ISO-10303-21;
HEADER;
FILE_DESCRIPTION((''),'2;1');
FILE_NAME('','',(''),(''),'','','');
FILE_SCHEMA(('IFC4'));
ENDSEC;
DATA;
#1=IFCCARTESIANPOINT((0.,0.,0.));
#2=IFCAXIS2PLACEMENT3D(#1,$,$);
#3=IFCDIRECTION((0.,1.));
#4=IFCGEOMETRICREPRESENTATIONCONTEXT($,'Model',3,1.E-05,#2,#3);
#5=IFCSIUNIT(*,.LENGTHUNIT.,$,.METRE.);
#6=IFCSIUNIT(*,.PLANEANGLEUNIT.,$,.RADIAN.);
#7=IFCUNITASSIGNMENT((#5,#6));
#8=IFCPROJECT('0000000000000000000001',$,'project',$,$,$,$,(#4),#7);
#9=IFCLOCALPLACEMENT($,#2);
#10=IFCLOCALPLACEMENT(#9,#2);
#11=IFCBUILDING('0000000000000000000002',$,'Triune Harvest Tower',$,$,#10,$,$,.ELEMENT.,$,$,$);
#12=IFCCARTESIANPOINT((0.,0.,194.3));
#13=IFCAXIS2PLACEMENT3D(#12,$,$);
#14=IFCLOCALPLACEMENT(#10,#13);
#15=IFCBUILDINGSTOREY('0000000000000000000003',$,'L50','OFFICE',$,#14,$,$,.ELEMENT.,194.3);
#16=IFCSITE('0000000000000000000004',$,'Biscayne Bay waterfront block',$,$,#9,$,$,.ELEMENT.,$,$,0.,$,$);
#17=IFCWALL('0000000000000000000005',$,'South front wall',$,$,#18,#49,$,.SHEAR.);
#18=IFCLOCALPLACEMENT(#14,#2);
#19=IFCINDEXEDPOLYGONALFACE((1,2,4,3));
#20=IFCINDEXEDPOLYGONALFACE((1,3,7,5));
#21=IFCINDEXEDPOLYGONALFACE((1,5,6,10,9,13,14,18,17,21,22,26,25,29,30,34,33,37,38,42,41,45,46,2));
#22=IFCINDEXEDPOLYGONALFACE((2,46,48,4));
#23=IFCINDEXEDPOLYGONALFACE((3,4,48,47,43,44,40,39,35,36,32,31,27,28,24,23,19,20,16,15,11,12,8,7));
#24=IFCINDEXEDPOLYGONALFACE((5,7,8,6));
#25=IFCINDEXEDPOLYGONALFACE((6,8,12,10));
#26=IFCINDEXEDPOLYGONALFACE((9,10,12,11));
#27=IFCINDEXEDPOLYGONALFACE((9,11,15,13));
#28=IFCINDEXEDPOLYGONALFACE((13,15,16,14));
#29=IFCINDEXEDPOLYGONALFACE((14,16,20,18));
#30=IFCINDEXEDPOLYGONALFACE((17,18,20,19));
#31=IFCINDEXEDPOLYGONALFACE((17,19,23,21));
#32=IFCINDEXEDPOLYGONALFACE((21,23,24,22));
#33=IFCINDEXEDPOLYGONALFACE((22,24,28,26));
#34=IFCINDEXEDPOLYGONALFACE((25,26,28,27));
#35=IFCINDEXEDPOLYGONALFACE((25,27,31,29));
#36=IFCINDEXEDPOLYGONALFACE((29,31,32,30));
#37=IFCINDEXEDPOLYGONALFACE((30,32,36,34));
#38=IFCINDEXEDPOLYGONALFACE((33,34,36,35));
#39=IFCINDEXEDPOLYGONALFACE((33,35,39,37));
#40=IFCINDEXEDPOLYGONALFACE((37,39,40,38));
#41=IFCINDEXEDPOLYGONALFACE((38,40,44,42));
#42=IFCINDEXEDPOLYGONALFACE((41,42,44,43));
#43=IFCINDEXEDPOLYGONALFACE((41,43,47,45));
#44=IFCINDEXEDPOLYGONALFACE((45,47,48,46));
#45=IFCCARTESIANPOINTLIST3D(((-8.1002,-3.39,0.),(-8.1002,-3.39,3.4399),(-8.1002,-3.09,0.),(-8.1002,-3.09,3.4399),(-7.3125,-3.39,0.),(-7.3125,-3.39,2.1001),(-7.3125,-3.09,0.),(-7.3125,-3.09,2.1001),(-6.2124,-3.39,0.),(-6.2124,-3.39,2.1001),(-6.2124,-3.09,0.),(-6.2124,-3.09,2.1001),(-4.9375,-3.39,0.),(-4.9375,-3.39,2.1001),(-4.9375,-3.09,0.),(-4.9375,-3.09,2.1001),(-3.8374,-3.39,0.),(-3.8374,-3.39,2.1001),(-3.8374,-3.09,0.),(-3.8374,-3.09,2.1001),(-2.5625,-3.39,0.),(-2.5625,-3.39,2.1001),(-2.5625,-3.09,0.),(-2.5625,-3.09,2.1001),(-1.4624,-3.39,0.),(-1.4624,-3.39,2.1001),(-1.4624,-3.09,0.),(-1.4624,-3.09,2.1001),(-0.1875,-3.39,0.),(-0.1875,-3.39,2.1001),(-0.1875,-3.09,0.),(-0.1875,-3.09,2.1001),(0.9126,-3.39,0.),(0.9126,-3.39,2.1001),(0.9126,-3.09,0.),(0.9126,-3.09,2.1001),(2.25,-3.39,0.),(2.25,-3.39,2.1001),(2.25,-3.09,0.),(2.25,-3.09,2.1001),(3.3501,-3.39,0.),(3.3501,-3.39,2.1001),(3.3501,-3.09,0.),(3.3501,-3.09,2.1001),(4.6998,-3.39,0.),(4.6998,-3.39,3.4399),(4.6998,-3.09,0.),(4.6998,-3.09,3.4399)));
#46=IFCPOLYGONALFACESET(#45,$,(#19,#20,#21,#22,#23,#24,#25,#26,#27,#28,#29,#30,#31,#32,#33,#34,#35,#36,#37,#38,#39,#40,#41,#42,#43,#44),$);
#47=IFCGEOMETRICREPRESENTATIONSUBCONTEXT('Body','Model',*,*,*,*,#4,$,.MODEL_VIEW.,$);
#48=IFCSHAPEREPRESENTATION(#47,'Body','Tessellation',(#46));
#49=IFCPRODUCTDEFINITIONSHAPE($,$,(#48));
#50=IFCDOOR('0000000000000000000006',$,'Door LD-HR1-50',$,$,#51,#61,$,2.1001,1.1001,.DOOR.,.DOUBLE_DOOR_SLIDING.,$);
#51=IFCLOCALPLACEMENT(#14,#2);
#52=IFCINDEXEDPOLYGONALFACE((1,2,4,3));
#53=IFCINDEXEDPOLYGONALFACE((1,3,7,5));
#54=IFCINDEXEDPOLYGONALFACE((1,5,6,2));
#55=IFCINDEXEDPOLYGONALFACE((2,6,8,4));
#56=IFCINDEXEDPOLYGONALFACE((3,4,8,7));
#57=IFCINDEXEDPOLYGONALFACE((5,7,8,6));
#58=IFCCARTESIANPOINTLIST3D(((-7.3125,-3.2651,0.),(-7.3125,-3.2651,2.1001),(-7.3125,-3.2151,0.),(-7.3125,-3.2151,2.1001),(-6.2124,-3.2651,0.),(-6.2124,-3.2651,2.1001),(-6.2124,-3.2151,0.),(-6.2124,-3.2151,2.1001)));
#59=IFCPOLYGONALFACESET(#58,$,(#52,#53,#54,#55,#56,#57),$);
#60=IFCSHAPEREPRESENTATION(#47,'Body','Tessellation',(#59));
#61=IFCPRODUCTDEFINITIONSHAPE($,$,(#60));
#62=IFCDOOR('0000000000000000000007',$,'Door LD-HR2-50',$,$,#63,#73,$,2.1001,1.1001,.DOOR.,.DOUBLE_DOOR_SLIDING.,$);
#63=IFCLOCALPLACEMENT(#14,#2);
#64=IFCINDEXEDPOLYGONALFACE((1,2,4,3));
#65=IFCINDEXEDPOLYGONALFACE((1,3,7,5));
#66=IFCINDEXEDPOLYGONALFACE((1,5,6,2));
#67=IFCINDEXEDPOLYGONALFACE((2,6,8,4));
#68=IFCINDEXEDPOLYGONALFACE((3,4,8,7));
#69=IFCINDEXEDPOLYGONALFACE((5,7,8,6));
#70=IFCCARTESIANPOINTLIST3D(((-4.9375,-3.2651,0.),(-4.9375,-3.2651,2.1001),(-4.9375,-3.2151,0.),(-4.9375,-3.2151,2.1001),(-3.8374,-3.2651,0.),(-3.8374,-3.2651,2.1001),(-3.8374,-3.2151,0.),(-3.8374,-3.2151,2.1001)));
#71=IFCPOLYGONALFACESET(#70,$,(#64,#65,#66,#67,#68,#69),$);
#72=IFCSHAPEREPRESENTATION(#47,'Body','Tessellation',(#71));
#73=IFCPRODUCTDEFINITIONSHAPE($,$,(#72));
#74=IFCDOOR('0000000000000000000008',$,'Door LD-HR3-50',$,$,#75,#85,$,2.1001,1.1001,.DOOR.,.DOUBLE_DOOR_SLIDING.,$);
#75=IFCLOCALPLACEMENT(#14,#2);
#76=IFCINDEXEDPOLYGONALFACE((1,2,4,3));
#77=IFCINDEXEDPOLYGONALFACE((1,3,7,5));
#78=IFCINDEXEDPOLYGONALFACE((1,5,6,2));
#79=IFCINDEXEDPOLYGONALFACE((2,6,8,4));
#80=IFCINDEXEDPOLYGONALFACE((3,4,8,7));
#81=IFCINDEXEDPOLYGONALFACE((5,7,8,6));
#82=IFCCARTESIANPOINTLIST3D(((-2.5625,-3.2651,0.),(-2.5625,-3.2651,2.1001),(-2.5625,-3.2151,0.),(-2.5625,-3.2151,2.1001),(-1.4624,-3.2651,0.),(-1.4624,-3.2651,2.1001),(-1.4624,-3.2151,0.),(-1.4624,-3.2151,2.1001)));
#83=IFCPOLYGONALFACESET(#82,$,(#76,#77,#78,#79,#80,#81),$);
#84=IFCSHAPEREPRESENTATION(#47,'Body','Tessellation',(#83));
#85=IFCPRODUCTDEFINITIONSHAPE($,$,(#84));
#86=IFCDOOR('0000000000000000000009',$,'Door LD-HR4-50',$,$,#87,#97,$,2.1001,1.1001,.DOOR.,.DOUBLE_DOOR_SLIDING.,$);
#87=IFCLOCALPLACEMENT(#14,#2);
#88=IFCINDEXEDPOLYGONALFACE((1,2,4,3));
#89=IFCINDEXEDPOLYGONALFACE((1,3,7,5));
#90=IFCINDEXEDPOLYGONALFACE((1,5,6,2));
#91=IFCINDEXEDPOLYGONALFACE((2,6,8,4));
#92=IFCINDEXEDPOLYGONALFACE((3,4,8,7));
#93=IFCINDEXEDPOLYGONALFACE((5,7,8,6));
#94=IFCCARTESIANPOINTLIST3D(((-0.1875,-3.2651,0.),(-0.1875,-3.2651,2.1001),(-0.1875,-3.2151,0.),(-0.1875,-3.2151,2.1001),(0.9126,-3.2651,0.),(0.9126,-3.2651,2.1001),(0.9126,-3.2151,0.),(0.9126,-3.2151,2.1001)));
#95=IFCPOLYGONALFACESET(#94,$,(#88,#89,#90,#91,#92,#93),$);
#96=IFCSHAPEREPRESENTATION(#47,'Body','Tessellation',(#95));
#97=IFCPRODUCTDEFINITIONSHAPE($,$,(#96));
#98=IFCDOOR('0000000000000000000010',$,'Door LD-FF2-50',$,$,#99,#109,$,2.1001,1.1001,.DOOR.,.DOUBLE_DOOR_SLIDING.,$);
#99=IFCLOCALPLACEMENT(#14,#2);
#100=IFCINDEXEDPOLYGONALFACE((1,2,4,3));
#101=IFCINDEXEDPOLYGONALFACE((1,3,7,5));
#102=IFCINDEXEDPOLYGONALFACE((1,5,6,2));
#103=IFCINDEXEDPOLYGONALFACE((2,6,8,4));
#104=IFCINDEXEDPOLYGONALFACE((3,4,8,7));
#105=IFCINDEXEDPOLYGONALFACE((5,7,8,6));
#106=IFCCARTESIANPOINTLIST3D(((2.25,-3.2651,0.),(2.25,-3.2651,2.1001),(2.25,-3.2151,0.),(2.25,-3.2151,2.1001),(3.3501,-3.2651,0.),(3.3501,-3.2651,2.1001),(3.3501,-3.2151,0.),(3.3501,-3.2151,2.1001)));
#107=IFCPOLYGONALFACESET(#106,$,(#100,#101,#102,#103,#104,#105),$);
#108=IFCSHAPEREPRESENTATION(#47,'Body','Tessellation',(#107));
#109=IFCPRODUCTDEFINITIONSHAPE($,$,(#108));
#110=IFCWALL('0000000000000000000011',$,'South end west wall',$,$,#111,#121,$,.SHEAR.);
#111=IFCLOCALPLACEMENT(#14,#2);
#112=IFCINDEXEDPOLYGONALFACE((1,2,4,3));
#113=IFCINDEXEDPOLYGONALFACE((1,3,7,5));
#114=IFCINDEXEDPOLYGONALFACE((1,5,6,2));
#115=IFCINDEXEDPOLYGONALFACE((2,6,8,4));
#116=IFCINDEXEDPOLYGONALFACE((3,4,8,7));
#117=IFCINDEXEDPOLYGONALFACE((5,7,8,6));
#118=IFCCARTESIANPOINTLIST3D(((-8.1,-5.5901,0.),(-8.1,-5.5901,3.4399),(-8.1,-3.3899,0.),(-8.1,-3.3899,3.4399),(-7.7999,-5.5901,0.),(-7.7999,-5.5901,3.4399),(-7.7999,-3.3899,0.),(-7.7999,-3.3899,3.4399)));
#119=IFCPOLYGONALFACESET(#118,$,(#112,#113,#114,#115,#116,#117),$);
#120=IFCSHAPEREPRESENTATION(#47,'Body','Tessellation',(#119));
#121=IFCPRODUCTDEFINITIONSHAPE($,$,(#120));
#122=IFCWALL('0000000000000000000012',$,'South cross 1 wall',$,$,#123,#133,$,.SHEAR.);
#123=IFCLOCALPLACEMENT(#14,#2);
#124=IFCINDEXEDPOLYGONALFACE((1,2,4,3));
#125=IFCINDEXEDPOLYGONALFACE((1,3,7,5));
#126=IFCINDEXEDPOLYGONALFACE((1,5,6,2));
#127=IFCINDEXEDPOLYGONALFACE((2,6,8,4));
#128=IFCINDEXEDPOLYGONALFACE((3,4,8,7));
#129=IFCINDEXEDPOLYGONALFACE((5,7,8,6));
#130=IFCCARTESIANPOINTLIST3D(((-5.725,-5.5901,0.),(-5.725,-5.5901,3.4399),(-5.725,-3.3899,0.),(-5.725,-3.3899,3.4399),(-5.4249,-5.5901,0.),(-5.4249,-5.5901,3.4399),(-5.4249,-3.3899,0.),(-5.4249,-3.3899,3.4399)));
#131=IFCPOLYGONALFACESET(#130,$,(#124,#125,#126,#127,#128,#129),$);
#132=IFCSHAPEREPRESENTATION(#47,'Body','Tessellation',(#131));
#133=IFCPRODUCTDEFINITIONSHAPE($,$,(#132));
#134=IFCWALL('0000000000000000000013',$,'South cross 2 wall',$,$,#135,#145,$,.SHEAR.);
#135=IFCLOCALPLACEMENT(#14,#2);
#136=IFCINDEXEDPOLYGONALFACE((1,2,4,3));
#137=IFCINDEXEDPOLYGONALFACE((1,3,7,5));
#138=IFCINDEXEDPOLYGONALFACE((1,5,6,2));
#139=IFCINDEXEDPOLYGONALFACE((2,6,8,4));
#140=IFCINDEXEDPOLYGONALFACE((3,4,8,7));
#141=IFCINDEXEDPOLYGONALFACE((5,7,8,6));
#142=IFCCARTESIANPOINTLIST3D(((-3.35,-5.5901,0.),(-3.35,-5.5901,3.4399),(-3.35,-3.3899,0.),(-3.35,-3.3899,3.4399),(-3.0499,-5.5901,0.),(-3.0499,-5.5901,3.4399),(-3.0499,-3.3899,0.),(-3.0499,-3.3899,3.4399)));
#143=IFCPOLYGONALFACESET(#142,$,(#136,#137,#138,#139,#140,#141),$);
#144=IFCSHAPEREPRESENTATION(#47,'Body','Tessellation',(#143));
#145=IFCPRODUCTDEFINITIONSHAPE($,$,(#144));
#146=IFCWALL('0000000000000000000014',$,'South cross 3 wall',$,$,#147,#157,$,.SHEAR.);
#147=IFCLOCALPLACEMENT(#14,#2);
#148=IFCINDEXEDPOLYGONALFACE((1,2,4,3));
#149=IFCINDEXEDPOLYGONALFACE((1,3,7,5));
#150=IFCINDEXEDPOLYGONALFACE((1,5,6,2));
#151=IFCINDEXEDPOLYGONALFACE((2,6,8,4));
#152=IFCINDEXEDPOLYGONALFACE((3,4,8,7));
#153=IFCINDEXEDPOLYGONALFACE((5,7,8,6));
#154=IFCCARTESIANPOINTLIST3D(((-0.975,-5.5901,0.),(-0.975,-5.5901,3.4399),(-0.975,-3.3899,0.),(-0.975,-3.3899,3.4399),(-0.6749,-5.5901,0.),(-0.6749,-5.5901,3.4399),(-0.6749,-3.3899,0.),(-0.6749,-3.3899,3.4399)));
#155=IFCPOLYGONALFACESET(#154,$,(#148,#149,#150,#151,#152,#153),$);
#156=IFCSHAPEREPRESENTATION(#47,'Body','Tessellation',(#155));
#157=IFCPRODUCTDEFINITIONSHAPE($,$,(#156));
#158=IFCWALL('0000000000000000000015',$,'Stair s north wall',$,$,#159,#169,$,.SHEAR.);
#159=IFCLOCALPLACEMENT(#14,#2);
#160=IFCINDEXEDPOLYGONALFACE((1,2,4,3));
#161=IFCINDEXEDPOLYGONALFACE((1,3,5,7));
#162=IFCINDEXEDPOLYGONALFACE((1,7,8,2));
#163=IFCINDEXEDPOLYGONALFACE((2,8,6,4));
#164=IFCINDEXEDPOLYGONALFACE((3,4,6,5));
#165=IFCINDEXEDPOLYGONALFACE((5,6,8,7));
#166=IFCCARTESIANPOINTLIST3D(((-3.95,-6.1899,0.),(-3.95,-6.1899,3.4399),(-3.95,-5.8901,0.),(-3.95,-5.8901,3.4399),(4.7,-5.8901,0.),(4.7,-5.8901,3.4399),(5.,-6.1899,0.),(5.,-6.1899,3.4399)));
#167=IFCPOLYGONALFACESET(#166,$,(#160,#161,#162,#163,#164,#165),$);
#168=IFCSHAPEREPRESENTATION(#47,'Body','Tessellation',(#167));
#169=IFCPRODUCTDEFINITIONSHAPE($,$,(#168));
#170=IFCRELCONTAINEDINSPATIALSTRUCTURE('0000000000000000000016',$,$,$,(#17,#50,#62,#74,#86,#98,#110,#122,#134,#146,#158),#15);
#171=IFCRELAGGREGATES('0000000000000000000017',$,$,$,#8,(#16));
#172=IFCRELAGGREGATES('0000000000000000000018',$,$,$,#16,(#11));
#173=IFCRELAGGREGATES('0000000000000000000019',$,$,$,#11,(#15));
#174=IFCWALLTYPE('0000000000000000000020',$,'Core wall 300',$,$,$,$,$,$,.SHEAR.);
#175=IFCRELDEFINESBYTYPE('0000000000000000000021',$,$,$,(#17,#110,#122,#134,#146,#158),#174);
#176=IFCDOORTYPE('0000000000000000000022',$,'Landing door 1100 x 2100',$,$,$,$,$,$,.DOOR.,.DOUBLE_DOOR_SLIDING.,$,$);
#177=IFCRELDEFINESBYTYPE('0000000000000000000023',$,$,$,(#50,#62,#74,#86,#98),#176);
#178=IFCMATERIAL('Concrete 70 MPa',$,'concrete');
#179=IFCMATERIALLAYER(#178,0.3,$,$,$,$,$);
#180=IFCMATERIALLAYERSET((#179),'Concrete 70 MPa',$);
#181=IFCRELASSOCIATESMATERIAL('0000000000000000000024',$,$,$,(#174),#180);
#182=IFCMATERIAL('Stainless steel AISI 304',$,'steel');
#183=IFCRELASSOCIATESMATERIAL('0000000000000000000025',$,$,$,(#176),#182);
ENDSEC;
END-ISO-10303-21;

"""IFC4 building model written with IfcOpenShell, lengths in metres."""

from ifc_helpers import new_model, si_unit, direction, frame, frame_2d, origin, place, context, subcontext, project, spatial, polyline, rectangle, outline, extrude, source, transform, mapped, material, layer, layer_set, type_object, element, fill, save


model = new_model("IFC4")

# Units and contexts
model_context = context("Model", 3, precision=1e-05, world=origin(), true_north=direction((0.0, 1.0)))
body_context = subcontext(model_context, "Body", "Model", "MODEL_VIEW")
ifc_project = project(units=[si_unit("LENGTHUNIT", "METRE"), si_unit("PLANEANGLEUNIT", "RADIAN")], contexts=[model_context])

# Site, building, storey
site_placement = place(None, origin())
site = spatial("IfcSite", under=ifc_project, at=site_placement, Name="Biscayne Bay waterfront block", CompositionType="ELEMENT", RefElevation=0.0)
building_placement = place(site_placement, origin())
building = spatial("IfcBuilding", under=site, at=building_placement, Name="Triune Harvest Tower", CompositionType="ELEMENT")
storey_placement = place(building_placement, frame((0.0, 0.0, 194.3)))
storey = spatial("IfcBuildingStorey", under=building, at=storey_placement, Name="L50", Description="OFFICE", CompositionType="ELEMENT", Elevation=194.3)

# Wall, openings, doors
ifc_material_1 = material(Name="Concrete 70 MPa", Category="concrete")
ifc_layer_1 = layer(ifc_material_1, 0.3)
ifc_layer_set_1 = layer_set([ifc_layer_1], Name="Concrete 70 MPa")
wall_type_1 = type_object("IfcWallType", Name="Core wall 300", PredefinedType="SHEAR", material=ifc_layer_set_1)
shared_shape_1 = source(origin(), body_context, "Body", "SweptSolid", [
    extrude(rectangle(XDim=12.8, YDim=0.3, at=frame_2d((6.3999, 0.0))), origin(), (0.0, 0.0, 1.0), 3.4399),
])
wall_1_placement = place(storey_placement, frame((-8.1001, -3.24, 0.0), z_axis=(0.0, 0.0, 1.0), x_axis=(1.0, 0.0, 0.0)))
wall_1 = element("IfcWall", 1, at=wall_1_placement, inside=storey, type_object=wall_type_1, Name="South front wall", PredefinedType="SHEAR", context=body_context, shape_type="MappedRepresentation", body=[
    mapped(shared_shape_1, transform((0.0, 0.0, 0.0), scale=1.0)),
])
opening_1_placement = place(wall_1_placement, frame((0.7876, 0.0, 0.0)))
opening_1 = element("IfcOpeningElement", 2, at=opening_1_placement, cuts=wall_1, PredefinedType="OPENING", context=body_context, shape_type="SweptSolid", body=[
    extrude(rectangle(XDim=1.1001, YDim=2.1001, at=frame_2d((0.55, 1.05))), frame((0.0, 0.1602, 0.0), z_axis=(0.0, -1.0, 0.0), x_axis=(1.0, 0.0, 0.0)), (0.0, 0.0, 1.0), 0.3201),
])
opening_2_placement = place(wall_1_placement, frame((3.1626, 0.0, 0.0)))
opening_2 = element("IfcOpeningElement", 3, at=opening_2_placement, cuts=wall_1, PredefinedType="OPENING", context=body_context, shape_type="SweptSolid", body=[
    extrude(rectangle(XDim=1.1001, YDim=2.1001, at=frame_2d((0.55, 1.05))), frame((0.0, 0.1602, 0.0), z_axis=(0.0, -1.0, 0.0), x_axis=(1.0, 0.0, 0.0)), (0.0, 0.0, 1.0), 0.3201),
])
opening_3_placement = place(wall_1_placement, frame((5.5376, 0.0, 0.0)))
opening_3 = element("IfcOpeningElement", 4, at=opening_3_placement, cuts=wall_1, PredefinedType="OPENING", context=body_context, shape_type="SweptSolid", body=[
    extrude(rectangle(XDim=1.1001, YDim=2.1001, at=frame_2d((0.55, 1.05))), frame((0.0, 0.1602, 0.0), z_axis=(0.0, -1.0, 0.0), x_axis=(1.0, 0.0, 0.0)), (0.0, 0.0, 1.0), 0.3201),
])
opening_4_placement = place(wall_1_placement, frame((7.9126, 0.0, 0.0)))
opening_4 = element("IfcOpeningElement", 5, at=opening_4_placement, cuts=wall_1, PredefinedType="OPENING", context=body_context, shape_type="SweptSolid", body=[
    extrude(rectangle(XDim=1.1001, YDim=2.1001, at=frame_2d((0.55, 1.05))), frame((0.0, 0.1602, 0.0), z_axis=(0.0, -1.0, 0.0), x_axis=(1.0, 0.0, 0.0)), (0.0, 0.0, 1.0), 0.3201),
])
opening_5_placement = place(wall_1_placement, frame((10.3501, 0.0, 0.0)))
opening_5 = element("IfcOpeningElement", 6, at=opening_5_placement, cuts=wall_1, PredefinedType="OPENING", context=body_context, shape_type="SweptSolid", body=[
    extrude(rectangle(XDim=1.1001, YDim=2.1001, at=frame_2d((0.55, 1.05))), frame((0.0, 0.1602, 0.0), z_axis=(0.0, -1.0, 0.0), x_axis=(1.0, 0.0, 0.0)), (0.0, 0.0, 1.0), 0.3201),
])
ifc_material_2 = material(Name="Stainless steel AISI 304", Category="steel")
door_type_1 = type_object("IfcDoorType", Name="Landing door 1100 x 2100", OperationType="DOUBLE_DOOR_SLIDING", PredefinedType="DOOR", material=ifc_material_2)
door_1_placement = place(opening_1_placement, origin())
door_1 = element("IfcDoor", 7, at=door_1_placement, inside=storey, type_object=door_type_1, Name="Door LD-HR1-50", OperationType="DOUBLE_DOOR_SLIDING", OverallHeight=2.1001, OverallWidth=1.1001, PredefinedType="DOOR", context=body_context, shape_type="SweptSolid", body=[
    extrude(rectangle(XDim=1.1001, YDim=2.1001, at=frame_2d((0.55, 1.05))), frame((0.0, 0.0249, 0.0), z_axis=(0.0, -1.0, 0.0), x_axis=(1.0, 0.0, 0.0)), (0.0, 0.0, 1.0), 0.05),
])
fill(opening_1, door_1)
door_2_placement = place(opening_2_placement, origin())
door_2 = element("IfcDoor", 8, at=door_2_placement, inside=storey, type_object=door_type_1, Name="Door LD-HR2-50", OperationType="DOUBLE_DOOR_SLIDING", OverallHeight=2.1001, OverallWidth=1.1001, PredefinedType="DOOR", context=body_context, shape_type="SweptSolid", body=[
    extrude(rectangle(XDim=1.1001, YDim=2.1001, at=frame_2d((0.55, 1.05))), frame((0.0, 0.0249, 0.0), z_axis=(0.0, -1.0, 0.0), x_axis=(1.0, 0.0, 0.0)), (0.0, 0.0, 1.0), 0.05),
])
fill(opening_2, door_2)
door_3_placement = place(opening_3_placement, origin())
door_3 = element("IfcDoor", 9, at=door_3_placement, inside=storey, type_object=door_type_1, Name="Door LD-HR3-50", OperationType="DOUBLE_DOOR_SLIDING", OverallHeight=2.1001, OverallWidth=1.1001, PredefinedType="DOOR", context=body_context, shape_type="SweptSolid", body=[
    extrude(rectangle(XDim=1.1001, YDim=2.1001, at=frame_2d((0.55, 1.05))), frame((0.0, 0.0249, 0.0), z_axis=(0.0, -1.0, 0.0), x_axis=(1.0, 0.0, 0.0)), (0.0, 0.0, 1.0), 0.05),
])
fill(opening_3, door_3)
door_4_placement = place(opening_4_placement, origin())
door_4 = element("IfcDoor", 10, at=door_4_placement, inside=storey, type_object=door_type_1, Name="Door LD-HR4-50", OperationType="DOUBLE_DOOR_SLIDING", OverallHeight=2.1001, OverallWidth=1.1001, PredefinedType="DOOR", context=body_context, shape_type="SweptSolid", body=[
    extrude(rectangle(XDim=1.1001, YDim=2.1001, at=frame_2d((0.55, 1.05))), frame((0.0, 0.0249, 0.0), z_axis=(0.0, -1.0, 0.0), x_axis=(1.0, 0.0, 0.0)), (0.0, 0.0, 1.0), 0.05),
])
fill(opening_4, door_4)
door_5_placement = place(opening_5_placement, origin())
door_5 = element("IfcDoor", 11, at=door_5_placement, inside=storey, type_object=door_type_1, Name="Door LD-FF2-50", OperationType="DOUBLE_DOOR_SLIDING", OverallHeight=2.1001, OverallWidth=1.1001, PredefinedType="DOOR", context=body_context, shape_type="SweptSolid", body=[
    extrude(rectangle(XDim=1.1001, YDim=2.1001, at=frame_2d((0.55, 1.05))), frame((0.0, 0.0249, 0.0), z_axis=(0.0, -1.0, 0.0), x_axis=(1.0, 0.0, 0.0)), (0.0, 0.0, 1.0), 0.05),
])
fill(opening_5, door_5)

# Walls
shared_shape_2 = source(origin(), body_context, "Body", "SweptSolid", [
    extrude(rectangle(XDim=2.2002, YDim=0.3, at=frame_2d((1.1001, 0.0))), origin(), (0.0, 0.0, 1.0), 3.4399),
])
for number, where, z_axis, x_axis, name in (
    (12, (-7.95, -5.5901, 0.0), (0.0, 0.0, 1.0), (0.0, 1.0, 0.0), "South end west wall"),
    (13, (-5.575, -5.5901, 0.0), (0.0, 0.0, 1.0), (0.0, 1.0, 0.0), "South cross 1 wall"),
    (14, (-3.2, -5.5901, 0.0), (0.0, 0.0, 1.0), (0.0, 1.0, 0.0), "South cross 2 wall"),
    (15, (-0.825, -5.5901, 0.0), (0.0, 0.0, 1.0), (0.0, 1.0, 0.0), "South cross 3 wall"),
):
    element("IfcWall", number, at=place(storey_placement, frame(where, z_axis=z_axis, x_axis=x_axis)), inside=storey, type_object=wall_type_1, Name=name, PredefinedType="SHEAR", context=body_context, shape_type="MappedRepresentation", body=[
        mapped(shared_shape_2, transform((0.0, 0.0, 0.0), scale=1.0)),
    ])
shared_shape_3 = source(origin(), body_context, "Body", "SweptSolid", [
    extrude(outline(polyline([(0.0, -0.1499), (8.95, -0.1499), (8.6499, 0.1499), (0.0, 0.1499), (0.0, -0.1499)])), origin(), (0.0, 0.0, 1.0), 3.4399),
])
wall_2_placement = place(storey_placement, frame((-3.95, -6.04, 0.0), z_axis=(0.0, 0.0, 1.0), x_axis=(1.0, 0.0, 0.0)))
element("IfcWall", 16, at=wall_2_placement, inside=storey, type_object=wall_type_1, Name="Stair s north wall", PredefinedType="SHEAR", context=body_context, shape_type="MappedRepresentation", body=[
    mapped(shared_shape_3, transform((0.0, 0.0, 0.0), scale=1.0)),
])

save(model, "model.ifc")
